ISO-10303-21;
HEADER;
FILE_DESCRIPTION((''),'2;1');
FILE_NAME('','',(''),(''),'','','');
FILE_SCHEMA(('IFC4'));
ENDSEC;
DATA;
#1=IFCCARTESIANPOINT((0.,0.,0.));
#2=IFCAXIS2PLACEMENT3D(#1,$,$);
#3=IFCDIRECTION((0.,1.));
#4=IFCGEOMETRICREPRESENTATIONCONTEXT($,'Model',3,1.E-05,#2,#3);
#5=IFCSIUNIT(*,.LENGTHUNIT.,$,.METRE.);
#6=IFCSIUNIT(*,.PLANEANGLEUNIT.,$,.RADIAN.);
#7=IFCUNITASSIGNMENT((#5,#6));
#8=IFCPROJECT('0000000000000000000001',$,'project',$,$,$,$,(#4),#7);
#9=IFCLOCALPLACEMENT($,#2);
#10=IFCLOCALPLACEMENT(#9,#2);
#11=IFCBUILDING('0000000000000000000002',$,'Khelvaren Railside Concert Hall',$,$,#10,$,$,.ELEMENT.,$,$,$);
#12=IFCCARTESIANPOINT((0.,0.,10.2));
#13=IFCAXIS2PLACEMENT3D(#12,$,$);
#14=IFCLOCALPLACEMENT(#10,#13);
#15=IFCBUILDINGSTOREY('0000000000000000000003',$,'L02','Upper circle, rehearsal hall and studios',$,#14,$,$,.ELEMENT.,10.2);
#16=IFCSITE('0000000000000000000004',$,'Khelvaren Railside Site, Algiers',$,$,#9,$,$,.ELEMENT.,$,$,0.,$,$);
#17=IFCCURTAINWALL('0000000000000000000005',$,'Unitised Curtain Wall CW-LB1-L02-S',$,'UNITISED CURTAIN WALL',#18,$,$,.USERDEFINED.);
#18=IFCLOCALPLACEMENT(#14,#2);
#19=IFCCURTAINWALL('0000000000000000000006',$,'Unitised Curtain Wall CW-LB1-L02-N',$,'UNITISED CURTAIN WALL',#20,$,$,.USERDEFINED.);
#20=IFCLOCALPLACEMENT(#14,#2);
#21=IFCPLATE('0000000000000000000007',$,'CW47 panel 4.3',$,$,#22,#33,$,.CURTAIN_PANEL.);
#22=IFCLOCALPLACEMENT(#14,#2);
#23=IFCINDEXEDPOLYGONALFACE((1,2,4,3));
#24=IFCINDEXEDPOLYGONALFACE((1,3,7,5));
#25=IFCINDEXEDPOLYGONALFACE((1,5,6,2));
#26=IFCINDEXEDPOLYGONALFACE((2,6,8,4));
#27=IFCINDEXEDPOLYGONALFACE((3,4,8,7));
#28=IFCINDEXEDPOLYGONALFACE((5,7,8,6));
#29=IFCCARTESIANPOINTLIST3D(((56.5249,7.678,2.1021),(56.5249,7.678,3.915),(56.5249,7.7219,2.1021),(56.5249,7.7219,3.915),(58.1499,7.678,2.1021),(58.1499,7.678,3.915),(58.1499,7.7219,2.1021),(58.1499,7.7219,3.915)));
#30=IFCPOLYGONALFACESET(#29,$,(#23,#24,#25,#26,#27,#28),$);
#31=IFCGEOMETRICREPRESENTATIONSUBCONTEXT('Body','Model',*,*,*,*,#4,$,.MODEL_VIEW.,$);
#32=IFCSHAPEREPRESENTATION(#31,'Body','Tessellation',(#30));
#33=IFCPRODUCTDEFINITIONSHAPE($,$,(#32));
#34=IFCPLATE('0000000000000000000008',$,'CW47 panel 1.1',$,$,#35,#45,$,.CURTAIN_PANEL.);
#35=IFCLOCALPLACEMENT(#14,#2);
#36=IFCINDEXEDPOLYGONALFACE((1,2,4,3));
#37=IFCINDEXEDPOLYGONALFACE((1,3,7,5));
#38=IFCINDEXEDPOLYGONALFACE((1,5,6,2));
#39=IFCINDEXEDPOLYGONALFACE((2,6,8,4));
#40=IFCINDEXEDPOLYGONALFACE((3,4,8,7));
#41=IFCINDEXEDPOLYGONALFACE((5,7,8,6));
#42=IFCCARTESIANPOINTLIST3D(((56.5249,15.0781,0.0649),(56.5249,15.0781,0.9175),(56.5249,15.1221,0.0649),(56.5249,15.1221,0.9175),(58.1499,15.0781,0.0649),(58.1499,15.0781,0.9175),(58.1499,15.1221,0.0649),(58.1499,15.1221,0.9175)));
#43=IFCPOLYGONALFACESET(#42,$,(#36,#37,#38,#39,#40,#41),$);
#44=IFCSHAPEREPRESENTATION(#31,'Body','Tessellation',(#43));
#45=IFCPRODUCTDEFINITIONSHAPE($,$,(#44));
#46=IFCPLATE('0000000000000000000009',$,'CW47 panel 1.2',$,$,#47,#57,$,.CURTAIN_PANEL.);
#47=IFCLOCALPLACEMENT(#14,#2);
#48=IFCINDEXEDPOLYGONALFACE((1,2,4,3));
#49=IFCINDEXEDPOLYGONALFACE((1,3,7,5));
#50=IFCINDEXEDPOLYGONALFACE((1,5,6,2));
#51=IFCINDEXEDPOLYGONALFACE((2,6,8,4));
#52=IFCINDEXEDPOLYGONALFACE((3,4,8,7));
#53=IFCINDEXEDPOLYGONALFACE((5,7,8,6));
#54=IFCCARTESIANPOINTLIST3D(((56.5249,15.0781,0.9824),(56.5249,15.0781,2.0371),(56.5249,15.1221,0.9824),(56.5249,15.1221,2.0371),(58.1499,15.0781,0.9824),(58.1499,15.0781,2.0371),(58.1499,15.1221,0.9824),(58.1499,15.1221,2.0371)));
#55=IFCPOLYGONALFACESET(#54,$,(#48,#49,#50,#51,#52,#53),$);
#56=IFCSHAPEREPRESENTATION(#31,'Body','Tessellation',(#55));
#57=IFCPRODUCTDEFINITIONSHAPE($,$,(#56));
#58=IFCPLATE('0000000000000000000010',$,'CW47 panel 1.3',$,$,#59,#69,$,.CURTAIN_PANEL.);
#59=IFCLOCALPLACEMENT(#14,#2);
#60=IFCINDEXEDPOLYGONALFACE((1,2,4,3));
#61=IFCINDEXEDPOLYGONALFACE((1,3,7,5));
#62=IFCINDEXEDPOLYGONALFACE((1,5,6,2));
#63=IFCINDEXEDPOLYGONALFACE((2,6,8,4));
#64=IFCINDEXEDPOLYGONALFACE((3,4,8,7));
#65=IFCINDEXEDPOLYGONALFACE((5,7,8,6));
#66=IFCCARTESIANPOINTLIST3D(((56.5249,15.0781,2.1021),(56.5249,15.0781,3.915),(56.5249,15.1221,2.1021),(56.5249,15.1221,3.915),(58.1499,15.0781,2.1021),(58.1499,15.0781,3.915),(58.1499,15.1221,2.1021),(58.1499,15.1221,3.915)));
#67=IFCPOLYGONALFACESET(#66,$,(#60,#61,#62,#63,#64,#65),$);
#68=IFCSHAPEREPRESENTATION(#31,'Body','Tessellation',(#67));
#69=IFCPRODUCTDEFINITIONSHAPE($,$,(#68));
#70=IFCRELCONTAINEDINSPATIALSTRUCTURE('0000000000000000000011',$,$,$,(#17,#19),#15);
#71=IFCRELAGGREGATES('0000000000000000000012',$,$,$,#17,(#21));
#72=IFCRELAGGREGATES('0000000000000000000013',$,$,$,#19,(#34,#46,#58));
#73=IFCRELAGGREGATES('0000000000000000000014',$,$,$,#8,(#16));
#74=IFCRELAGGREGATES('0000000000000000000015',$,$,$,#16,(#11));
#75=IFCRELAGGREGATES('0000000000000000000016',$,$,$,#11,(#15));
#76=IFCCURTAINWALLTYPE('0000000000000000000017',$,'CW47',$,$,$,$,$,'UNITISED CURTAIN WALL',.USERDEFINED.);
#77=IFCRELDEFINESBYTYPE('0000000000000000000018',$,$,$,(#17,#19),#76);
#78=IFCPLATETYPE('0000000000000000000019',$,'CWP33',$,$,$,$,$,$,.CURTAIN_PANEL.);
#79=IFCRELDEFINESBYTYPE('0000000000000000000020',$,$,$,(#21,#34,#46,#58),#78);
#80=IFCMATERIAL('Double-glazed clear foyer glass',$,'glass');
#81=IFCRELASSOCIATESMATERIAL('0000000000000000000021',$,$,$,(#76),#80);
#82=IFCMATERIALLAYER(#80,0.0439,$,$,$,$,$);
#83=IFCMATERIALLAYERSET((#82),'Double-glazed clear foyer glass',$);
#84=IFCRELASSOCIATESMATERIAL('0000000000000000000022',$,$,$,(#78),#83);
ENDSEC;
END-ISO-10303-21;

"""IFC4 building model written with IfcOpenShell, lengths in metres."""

from ifc_helpers import new_model, si_unit, direction, frame, origin, origin_2d, place, context, subcontext, project, spatial, rectangle, extrude, material, layer, layer_set, type_object, element, aggregate, save


model = new_model("IFC4")

# Units and contexts
model_context = context("Model", 3, precision=1e-05, world=origin(), true_north=direction((0.0, 1.0)))
body_context = subcontext(model_context, "Body", "Model", "MODEL_VIEW")
ifc_project = project(units=[si_unit("LENGTHUNIT", "METRE"), si_unit("PLANEANGLEUNIT", "RADIAN")], contexts=[model_context])

# Site, building, storey
site_placement = place(None, origin())
site = spatial("IfcSite", under=ifc_project, at=site_placement, Name="Khelvaren Railside Site, Algiers", CompositionType="ELEMENT", RefElevation=0.0)
building_placement = place(site_placement, origin())
building = spatial("IfcBuilding", under=site, at=building_placement, Name="Khelvaren Railside Concert Hall", CompositionType="ELEMENT")
storey_placement = place(building_placement, frame((0.0, 0.0, 10.2)))
storey = spatial("IfcBuildingStorey", under=building, at=storey_placement, Name="L02", Description="Upper circle, rehearsal hall and studios", CompositionType="ELEMENT", Elevation=10.2)

# Shared definitions
ifc_material_1 = material(Name="Double-glazed clear foyer glass", Category="glass")

# Curtain walls
curtain_wall_type_1 = type_object("IfcCurtainWallType", Name="CW47", ElementType="UNITISED CURTAIN WALL", PredefinedType="USERDEFINED", material=ifc_material_1)
curtain_wall_1_placement = place(storey_placement, origin())
curtain_wall_1 = element("IfcCurtainWall", 1, at=curtain_wall_1_placement, inside=storey, type_object=curtain_wall_type_1, Name="Unitised Curtain Wall CW-LB1-L02-S", ObjectType="UNITISED CURTAIN WALL", PredefinedType="USERDEFINED")
curtain_wall_2_placement = place(storey_placement, origin())
curtain_wall_2 = element("IfcCurtainWall", 2, at=curtain_wall_2_placement, inside=storey, type_object=curtain_wall_type_1, Name="Unitised Curtain Wall CW-LB1-L02-N", ObjectType="UNITISED CURTAIN WALL", PredefinedType="USERDEFINED")

# Plates
ifc_layer = layer(ifc_material_1, 0.0439)
ifc_layer_set = layer_set([ifc_layer], Name="Double-glazed clear foyer glass")
plate_type = type_object("IfcPlateType", Name="CWP33", PredefinedType="CURTAIN_PANEL", material=ifc_layer_set)
plate_1_placement = place(storey_placement, frame((57.3374, 7.7, 2.1021), z_axis=(0.0, 0.0, 1.0), x_axis=(-1.0, 0.0, 0.0)))
plate_1 = element("IfcPlate", 3, at=plate_1_placement, type_object=plate_type, Name="CW47 panel 4.3", PredefinedType="CURTAIN_PANEL", context=body_context, shape_type="SweptSolid", body=[
    extrude(rectangle(XDim=1.625, YDim=0.0439, at=origin_2d()), origin(), (0.0, 0.0, 1.0), 1.813),
])
aggregate(curtain_wall_1, [plate_1])
plate_2_placement = place(storey_placement, frame((57.3374, 15.1001, 0.0649), z_axis=(0.0, 0.0, 1.0), x_axis=(1.0, 0.0, 0.0)))
plate_2 = element("IfcPlate", 4, at=plate_2_placement, type_object=plate_type, Name="CW47 panel 1.1", PredefinedType="CURTAIN_PANEL", context=body_context, shape_type="SweptSolid", body=[
    extrude(rectangle(XDim=1.625, YDim=0.0439, at=origin_2d()), origin(), (0.0, 0.0, 1.0), 0.8525),
])
plate_3_placement = place(storey_placement, frame((57.3374, 15.1001, 0.9824), z_axis=(0.0, 0.0, 1.0), x_axis=(1.0, 0.0, 0.0)))
plate_3 = element("IfcPlate", 5, at=plate_3_placement, type_object=plate_type, Name="CW47 panel 1.2", PredefinedType="CURTAIN_PANEL", context=body_context, shape_type="SweptSolid", body=[
    extrude(rectangle(XDim=1.625, YDim=0.0439, at=origin_2d()), origin(), (0.0, 0.0, 1.0), 1.0547),
])
plate_4_placement = place(storey_placement, frame((57.3374, 15.1001, 2.1021), z_axis=(0.0, 0.0, 1.0), x_axis=(1.0, 0.0, 0.0)))
plate_4 = element("IfcPlate", 6, at=plate_4_placement, type_object=plate_type, Name="CW47 panel 1.3", PredefinedType="CURTAIN_PANEL", context=body_context, shape_type="SweptSolid", body=[
    extrude(rectangle(XDim=1.625, YDim=0.0439, at=origin_2d()), origin(), (0.0, 0.0, 1.0), 1.813),
])
aggregate(curtain_wall_2, [plate_2, plate_3, plate_4])

save(model, "model.ifc")
